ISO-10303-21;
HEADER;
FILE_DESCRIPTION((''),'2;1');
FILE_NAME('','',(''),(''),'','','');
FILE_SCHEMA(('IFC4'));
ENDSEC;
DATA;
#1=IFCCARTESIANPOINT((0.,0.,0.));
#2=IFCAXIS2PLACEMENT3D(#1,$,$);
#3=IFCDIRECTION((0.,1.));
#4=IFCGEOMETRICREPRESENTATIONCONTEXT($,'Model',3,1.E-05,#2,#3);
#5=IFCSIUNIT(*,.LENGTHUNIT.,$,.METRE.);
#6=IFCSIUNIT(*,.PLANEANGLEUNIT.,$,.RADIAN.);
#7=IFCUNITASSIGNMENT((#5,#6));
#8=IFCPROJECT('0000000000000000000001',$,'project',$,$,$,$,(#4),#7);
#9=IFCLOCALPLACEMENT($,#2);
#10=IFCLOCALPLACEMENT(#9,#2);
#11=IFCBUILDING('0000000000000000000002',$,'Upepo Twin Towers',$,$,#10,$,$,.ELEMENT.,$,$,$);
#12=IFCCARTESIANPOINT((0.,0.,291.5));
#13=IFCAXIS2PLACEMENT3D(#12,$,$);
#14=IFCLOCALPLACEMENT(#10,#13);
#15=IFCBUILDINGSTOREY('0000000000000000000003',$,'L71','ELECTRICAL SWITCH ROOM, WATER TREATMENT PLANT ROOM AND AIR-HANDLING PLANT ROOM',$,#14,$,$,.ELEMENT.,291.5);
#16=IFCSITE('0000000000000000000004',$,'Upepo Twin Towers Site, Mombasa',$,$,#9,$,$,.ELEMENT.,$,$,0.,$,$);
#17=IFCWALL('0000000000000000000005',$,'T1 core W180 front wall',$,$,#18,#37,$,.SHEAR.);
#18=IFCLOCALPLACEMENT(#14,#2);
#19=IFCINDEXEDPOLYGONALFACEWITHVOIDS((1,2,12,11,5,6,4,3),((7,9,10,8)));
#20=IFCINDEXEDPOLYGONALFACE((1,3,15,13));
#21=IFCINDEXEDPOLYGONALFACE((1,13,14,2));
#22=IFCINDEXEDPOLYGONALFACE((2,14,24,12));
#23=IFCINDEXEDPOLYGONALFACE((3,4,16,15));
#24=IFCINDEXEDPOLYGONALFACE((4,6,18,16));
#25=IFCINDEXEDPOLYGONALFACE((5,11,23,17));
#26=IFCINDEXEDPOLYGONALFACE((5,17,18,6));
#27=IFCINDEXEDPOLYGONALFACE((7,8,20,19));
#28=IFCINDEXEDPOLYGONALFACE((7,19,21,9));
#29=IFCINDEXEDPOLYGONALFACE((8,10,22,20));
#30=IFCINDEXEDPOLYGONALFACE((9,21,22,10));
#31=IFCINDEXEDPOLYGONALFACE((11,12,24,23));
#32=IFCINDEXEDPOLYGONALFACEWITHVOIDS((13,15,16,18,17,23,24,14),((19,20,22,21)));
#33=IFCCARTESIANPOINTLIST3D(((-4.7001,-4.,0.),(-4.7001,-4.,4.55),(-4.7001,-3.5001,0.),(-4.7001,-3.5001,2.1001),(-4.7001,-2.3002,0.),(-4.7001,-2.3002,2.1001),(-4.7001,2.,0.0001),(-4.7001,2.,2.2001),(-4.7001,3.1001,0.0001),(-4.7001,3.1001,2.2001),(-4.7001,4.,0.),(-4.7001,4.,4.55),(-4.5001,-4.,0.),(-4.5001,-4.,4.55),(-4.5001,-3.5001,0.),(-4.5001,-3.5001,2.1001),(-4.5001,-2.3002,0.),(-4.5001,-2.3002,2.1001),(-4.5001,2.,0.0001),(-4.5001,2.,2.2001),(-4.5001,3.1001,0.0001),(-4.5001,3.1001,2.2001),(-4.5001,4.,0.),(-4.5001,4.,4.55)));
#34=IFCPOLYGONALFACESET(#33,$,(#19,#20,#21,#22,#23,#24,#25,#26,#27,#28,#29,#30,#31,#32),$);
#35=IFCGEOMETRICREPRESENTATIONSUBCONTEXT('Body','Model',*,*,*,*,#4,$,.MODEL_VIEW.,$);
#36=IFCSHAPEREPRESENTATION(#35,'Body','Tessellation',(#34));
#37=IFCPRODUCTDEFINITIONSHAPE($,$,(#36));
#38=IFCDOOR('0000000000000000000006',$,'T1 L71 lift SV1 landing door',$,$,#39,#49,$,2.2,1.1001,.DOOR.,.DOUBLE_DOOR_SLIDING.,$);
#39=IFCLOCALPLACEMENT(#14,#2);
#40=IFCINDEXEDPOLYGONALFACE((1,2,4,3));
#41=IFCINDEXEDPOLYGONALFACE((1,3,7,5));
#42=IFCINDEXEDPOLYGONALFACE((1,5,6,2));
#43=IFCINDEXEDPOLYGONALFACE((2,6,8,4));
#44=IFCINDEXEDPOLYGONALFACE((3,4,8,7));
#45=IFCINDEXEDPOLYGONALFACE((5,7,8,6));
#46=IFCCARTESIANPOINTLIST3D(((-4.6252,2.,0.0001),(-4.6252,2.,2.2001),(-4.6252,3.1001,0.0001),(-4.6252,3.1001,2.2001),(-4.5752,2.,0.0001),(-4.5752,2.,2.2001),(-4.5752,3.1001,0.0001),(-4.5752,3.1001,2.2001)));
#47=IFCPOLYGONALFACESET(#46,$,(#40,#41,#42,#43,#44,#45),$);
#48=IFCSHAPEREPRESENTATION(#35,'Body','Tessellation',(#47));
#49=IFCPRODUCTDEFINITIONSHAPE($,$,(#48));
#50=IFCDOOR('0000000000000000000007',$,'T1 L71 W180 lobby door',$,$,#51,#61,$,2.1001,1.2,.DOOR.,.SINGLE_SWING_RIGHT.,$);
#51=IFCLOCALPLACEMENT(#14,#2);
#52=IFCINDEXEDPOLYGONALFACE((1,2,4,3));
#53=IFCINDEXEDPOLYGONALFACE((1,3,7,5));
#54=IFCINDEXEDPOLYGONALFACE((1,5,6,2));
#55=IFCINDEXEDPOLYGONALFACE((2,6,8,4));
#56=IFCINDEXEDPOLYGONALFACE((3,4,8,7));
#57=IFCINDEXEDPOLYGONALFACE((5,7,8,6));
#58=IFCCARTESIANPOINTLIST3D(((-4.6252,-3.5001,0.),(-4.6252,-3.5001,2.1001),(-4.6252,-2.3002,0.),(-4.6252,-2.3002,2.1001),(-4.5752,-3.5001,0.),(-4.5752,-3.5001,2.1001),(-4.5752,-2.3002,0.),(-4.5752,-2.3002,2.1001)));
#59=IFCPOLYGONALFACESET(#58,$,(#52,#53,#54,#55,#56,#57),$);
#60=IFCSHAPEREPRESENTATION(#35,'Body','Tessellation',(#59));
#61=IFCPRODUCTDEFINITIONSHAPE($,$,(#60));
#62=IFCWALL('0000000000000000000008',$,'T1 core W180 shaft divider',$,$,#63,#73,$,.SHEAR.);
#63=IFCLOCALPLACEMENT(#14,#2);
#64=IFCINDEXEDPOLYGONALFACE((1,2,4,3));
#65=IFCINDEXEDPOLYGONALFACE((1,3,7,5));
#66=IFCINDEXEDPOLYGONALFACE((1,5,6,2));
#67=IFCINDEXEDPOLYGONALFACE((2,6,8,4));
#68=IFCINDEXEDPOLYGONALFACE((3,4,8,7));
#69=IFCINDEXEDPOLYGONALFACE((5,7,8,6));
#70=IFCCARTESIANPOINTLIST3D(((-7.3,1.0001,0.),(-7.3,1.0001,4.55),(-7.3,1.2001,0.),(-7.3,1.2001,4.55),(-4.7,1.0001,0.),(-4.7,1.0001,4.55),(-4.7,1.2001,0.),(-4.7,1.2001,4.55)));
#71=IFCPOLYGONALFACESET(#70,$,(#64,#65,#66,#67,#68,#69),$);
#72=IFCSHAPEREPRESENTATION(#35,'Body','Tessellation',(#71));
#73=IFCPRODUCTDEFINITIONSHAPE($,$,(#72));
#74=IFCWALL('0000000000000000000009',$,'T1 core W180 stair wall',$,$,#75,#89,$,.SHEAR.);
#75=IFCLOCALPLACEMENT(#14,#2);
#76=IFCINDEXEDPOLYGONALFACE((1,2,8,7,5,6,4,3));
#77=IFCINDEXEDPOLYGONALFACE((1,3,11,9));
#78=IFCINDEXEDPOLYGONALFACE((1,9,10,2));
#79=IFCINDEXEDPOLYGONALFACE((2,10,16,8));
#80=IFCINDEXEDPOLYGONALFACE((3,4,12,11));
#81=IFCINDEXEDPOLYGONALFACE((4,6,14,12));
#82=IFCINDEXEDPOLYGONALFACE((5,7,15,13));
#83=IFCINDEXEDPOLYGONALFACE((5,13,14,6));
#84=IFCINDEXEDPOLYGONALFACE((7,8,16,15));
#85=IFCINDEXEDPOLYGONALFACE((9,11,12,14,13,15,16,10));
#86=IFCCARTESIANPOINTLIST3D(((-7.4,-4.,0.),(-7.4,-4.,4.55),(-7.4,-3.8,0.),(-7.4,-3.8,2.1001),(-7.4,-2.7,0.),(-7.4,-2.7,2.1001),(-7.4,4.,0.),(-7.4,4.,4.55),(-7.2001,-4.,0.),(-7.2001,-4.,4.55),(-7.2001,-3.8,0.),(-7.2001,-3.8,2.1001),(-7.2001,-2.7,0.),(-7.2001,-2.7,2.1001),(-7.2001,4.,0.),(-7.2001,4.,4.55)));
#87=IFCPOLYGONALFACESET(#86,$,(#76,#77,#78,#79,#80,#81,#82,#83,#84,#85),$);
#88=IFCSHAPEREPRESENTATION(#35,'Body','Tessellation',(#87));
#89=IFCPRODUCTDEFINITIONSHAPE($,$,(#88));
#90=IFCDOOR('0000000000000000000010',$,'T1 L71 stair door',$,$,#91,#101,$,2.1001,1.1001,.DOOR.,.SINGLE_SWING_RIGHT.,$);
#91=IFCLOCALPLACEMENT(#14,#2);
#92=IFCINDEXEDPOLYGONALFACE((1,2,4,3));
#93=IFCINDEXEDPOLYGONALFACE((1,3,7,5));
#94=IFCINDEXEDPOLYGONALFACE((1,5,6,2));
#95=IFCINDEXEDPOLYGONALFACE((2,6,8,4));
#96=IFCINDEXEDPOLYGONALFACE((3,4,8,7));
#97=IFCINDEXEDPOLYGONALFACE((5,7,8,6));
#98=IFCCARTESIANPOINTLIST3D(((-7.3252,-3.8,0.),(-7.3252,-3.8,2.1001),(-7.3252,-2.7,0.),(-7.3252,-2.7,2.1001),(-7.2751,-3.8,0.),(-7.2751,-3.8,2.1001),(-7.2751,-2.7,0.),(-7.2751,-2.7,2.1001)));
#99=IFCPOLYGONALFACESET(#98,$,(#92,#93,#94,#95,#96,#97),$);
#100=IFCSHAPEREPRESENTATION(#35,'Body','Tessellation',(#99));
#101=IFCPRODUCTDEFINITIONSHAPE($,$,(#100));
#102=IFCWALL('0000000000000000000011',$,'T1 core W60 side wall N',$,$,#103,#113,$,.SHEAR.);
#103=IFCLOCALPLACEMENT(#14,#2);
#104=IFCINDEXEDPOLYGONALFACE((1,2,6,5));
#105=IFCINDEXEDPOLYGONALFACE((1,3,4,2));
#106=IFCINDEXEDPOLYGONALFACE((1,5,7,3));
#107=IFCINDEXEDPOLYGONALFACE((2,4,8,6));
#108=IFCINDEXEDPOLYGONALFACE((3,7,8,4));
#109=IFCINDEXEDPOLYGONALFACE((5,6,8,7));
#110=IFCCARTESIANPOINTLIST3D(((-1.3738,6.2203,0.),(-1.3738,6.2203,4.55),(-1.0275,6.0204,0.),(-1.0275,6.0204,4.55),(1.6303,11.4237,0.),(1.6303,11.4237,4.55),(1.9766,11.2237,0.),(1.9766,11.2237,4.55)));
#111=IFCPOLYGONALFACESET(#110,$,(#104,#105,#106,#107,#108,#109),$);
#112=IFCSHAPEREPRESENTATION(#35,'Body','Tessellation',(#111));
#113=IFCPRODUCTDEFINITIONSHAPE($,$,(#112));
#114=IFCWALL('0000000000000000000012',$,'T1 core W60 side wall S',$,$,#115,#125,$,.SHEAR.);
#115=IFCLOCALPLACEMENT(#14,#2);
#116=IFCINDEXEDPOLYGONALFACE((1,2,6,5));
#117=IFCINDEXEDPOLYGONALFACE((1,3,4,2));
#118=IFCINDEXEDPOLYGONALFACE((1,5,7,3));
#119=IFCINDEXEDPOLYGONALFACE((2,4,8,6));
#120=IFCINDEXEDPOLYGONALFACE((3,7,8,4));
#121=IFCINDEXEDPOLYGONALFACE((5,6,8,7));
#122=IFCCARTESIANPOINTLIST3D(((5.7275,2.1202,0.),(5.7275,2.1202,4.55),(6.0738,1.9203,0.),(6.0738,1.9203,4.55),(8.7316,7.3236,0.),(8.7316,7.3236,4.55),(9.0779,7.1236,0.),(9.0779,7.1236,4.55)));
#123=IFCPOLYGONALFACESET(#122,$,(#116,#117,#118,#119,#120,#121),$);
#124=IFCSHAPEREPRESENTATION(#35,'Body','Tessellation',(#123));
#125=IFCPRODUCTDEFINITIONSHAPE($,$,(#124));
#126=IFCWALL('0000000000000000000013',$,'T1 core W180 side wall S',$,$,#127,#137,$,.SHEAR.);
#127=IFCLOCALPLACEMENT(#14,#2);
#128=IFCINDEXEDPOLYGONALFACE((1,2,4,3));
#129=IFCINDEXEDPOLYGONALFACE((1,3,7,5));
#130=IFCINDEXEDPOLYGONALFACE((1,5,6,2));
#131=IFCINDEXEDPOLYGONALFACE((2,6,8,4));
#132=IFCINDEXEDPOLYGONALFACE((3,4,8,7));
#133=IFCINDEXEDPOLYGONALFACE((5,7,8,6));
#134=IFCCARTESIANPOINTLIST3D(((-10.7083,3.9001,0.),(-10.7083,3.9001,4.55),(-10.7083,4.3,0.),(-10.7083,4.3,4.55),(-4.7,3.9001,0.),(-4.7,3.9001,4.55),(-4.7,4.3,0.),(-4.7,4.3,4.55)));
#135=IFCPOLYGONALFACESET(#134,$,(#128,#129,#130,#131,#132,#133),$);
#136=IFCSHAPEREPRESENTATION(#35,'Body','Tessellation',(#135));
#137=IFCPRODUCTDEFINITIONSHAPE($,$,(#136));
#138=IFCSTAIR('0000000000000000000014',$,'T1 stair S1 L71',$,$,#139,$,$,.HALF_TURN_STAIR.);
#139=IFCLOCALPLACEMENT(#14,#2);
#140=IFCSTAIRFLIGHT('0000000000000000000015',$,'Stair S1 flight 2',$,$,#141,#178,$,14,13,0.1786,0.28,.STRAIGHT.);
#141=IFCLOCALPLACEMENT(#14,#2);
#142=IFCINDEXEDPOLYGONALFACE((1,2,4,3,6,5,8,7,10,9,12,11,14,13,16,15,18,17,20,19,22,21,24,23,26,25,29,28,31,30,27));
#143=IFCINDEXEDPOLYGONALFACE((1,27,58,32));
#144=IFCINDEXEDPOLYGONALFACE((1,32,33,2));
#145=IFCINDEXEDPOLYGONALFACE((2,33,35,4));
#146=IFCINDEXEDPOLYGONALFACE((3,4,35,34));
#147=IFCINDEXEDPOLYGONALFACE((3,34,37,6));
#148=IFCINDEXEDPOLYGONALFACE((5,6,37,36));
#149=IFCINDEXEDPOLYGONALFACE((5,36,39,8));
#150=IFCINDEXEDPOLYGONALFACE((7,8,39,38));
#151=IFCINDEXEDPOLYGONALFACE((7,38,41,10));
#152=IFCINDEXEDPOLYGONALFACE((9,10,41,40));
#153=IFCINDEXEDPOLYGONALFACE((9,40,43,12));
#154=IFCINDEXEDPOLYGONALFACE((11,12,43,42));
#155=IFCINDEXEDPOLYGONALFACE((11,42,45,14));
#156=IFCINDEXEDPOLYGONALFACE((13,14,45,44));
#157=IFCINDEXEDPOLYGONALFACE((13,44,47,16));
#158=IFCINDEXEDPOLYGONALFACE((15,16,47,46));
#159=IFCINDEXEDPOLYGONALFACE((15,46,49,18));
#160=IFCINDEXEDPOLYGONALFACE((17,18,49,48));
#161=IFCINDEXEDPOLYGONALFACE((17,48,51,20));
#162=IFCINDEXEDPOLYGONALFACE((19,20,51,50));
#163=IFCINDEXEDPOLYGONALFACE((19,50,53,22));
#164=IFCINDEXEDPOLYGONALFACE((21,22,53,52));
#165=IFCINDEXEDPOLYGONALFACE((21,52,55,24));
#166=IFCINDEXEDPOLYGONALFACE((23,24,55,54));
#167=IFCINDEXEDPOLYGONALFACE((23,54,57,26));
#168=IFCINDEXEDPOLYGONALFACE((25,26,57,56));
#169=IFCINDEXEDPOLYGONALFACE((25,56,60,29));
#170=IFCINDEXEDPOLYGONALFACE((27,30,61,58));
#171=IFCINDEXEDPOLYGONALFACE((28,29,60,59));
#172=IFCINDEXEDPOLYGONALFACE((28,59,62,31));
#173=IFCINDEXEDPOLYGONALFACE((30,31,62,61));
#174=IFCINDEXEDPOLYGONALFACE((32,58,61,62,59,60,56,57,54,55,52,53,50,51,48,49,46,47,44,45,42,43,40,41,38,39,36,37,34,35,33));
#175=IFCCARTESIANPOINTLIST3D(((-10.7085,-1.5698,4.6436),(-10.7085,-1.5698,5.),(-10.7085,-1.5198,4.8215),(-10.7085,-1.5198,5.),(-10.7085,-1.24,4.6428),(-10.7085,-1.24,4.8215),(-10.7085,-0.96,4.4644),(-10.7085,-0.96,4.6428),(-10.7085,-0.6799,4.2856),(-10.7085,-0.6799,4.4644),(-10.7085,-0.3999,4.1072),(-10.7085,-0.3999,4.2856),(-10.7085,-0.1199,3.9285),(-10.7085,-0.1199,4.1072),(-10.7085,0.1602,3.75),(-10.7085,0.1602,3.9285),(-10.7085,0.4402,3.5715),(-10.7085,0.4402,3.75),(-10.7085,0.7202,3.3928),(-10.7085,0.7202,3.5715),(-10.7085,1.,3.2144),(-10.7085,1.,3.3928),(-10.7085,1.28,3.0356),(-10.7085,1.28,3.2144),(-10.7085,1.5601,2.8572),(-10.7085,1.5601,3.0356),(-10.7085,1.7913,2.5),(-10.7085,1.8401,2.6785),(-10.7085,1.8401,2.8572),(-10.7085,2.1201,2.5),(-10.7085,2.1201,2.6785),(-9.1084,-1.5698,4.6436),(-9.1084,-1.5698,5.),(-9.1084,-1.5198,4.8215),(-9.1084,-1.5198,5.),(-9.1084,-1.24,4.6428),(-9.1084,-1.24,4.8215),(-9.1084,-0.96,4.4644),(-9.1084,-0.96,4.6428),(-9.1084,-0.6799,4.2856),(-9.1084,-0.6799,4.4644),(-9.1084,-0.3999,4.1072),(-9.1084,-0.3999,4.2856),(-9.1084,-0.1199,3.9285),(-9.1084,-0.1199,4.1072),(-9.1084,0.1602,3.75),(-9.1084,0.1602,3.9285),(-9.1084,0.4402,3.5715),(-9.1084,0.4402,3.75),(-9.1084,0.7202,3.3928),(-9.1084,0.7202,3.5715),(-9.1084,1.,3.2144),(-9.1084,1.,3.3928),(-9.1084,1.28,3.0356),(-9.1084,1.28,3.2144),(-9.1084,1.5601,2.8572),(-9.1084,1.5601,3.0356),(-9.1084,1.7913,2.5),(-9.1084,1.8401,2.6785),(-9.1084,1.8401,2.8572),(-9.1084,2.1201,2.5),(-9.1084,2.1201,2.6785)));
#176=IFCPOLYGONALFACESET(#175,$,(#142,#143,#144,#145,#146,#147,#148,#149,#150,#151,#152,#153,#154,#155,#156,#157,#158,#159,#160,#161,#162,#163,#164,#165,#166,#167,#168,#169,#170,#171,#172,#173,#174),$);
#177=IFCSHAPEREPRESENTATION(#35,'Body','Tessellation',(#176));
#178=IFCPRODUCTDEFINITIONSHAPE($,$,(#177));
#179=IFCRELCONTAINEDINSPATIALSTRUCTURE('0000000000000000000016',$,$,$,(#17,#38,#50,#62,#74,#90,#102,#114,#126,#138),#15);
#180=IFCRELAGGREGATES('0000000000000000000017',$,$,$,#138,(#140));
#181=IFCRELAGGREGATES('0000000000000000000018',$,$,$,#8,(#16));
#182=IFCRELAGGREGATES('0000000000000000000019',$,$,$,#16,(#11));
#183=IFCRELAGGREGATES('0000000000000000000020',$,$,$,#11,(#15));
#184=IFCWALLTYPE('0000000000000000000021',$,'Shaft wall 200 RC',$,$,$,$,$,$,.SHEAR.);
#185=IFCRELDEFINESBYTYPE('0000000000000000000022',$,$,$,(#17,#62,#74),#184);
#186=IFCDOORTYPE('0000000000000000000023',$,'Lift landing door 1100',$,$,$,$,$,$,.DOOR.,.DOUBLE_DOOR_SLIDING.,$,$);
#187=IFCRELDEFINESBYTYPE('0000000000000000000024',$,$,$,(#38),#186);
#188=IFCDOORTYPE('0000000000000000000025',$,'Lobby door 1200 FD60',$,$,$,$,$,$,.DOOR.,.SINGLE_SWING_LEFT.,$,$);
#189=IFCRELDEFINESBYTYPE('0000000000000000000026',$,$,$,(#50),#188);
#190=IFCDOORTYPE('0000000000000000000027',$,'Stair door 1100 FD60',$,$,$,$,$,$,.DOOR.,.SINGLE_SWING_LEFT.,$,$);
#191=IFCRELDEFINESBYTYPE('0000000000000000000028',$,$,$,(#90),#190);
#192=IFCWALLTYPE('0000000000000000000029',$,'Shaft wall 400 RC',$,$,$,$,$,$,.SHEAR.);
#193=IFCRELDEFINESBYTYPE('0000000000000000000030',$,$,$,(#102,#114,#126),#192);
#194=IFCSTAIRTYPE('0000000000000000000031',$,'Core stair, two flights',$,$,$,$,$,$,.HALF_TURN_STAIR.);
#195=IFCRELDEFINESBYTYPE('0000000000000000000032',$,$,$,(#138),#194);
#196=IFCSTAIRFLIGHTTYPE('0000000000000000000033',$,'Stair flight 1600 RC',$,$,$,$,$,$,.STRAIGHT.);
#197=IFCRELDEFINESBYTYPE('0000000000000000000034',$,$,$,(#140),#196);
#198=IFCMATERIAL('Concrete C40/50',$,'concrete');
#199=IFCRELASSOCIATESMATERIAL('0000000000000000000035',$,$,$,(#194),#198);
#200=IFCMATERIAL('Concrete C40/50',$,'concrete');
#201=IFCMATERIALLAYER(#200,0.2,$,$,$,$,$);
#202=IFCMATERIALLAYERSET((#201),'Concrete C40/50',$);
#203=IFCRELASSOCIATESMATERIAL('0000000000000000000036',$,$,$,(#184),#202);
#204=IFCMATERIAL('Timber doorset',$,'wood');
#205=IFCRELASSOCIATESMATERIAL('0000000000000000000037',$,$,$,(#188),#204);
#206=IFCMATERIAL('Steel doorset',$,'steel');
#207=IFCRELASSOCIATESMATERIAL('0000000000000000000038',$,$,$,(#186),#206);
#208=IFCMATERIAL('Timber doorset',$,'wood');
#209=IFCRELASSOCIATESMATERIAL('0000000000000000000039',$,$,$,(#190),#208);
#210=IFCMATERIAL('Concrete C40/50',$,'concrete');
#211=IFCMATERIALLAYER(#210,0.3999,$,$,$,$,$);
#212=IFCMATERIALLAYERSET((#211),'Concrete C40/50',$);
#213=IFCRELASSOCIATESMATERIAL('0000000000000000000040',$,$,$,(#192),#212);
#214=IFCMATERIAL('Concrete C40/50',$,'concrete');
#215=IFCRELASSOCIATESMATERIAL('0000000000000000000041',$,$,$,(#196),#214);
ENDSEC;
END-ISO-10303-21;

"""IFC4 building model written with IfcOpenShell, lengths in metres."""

from ifc_helpers import new_model, si_unit, direction, frame, frame_2d, origin, place, context, subcontext, project, spatial, polyline, rectangle, outline, extrude, material, layer, layer_set, type_object, element, fill, aggregate, save


model = new_model("IFC4")

# Units and contexts
model_context = context("Model", 3, precision=1e-05, world=origin(), true_north=direction((0.0, 1.0)))
body_context = subcontext(model_context, "Body", "Model", "MODEL_VIEW")
ifc_project = project(units=[si_unit("LENGTHUNIT", "METRE"), si_unit("PLANEANGLEUNIT", "RADIAN")], contexts=[model_context])

# Site, building, storey
site_placement = place(None, origin())
site = spatial("IfcSite", under=ifc_project, at=site_placement, Name="Upepo Twin Towers Site, Mombasa", CompositionType="ELEMENT", RefElevation=0.0)
building_placement = place(site_placement, origin())
building = spatial("IfcBuilding", under=site, at=building_placement, Name="Upepo Twin Towers", CompositionType="ELEMENT")
storey_placement = place(building_placement, frame((0.0, 0.0, 291.5)))
storey = spatial("IfcBuildingStorey", under=building, at=storey_placement, Name="L71", Description="ELECTRICAL SWITCH ROOM, WATER TREATMENT PLANT ROOM AND AIR-HANDLING PLANT ROOM", CompositionType="ELEMENT", Elevation=291.5)

# Shared definitions
ifc_material_1 = material(Name="Concrete C40/50", Category="concrete")
stair_type = type_object("IfcStairType", Name="Core stair, two flights", PredefinedType="HALF_TURN_STAIR", material=ifc_material_1)

# Shared definitions
ifc_material_2 = material(Name="Concrete C40/50", Category="concrete")
ifc_layer_1 = layer(ifc_material_2, 0.2)
ifc_layer_set_1 = layer_set([ifc_layer_1], Name="Concrete C40/50")
wall_type_1 = type_object("IfcWallType", Name="Shaft wall 200 RC", PredefinedType="SHEAR", material=ifc_layer_set_1)
ifc_material_3 = material(Name="Timber doorset", Category="wood")
door_type_1 = type_object("IfcDoorType", Name="Lobby door 1200 FD60", OperationType="SINGLE_SWING_LEFT", PredefinedType="DOOR", material=ifc_material_3)

# Wall, openings, doors
wall_1_placement = place(storey_placement, frame((-4.6001, 4.0, 0.0), z_axis=(0.0, 0.0, 1.0), x_axis=(0.0, -1.0, 0.0)))
wall_1 = element("IfcWall", 1, at=wall_1_placement, inside=storey, type_object=wall_type_1, Name="T1 core W180 front wall", PredefinedType="SHEAR", context=body_context, shape_type="SweptSolid", body=[
    extrude(rectangle(XDim=8.0, YDim=0.2, at=frame_2d((4.0, 0.0))), origin(), (0.0, 0.0, 1.0), 4.55),
])
opening_1_placement = place(wall_1_placement, frame((6.3, 0.0, 0.0)))
opening_1 = element("IfcOpeningElement", 2, at=opening_1_placement, cuts=wall_1, PredefinedType="OPENING", context=body_context, shape_type="SweptSolid", body=[
    extrude(rectangle(XDim=1.2, YDim=2.1001, at=frame_2d((0.6001, 1.05))), frame((0.0, 0.1099, 0.0), z_axis=(0.0, -1.0, 0.0), x_axis=(1.0, 0.0, 0.0)), (0.0, 0.0, 1.0), 0.22),
])
opening_2_placement = place(wall_1_placement, frame((0.8999, 0.0, 0.0)))
opening_2 = element("IfcOpeningElement", 3, at=opening_2_placement, cuts=wall_1, PredefinedType="OPENING", context=body_context, shape_type="SweptSolid", body=[
    extrude(rectangle(XDim=1.1001, YDim=2.2, at=frame_2d((0.55, 1.1001))), frame((0.0, 0.1099, 0.0), z_axis=(0.0, -1.0, 0.0), x_axis=(1.0, 0.0, 0.0)), (0.0, 0.0, 1.0), 0.22),
])
ifc_material_4 = material(Name="Steel doorset", Category="steel")
door_type_2 = type_object("IfcDoorType", Name="Lift landing door 1100", OperationType="DOUBLE_DOOR_SLIDING", PredefinedType="DOOR", material=ifc_material_4)
door_1_placement = place(opening_2_placement, origin())
door_1 = element("IfcDoor", 4, at=door_1_placement, inside=storey, type_object=door_type_2, Name="T1 L71 lift SV1 landing door", OperationType="DOUBLE_DOOR_SLIDING", OverallHeight=2.2, OverallWidth=1.1001, PredefinedType="DOOR", context=body_context, shape_type="SweptSolid", body=[
    extrude(rectangle(XDim=1.1001, YDim=2.2, at=frame_2d((0.55, 1.1001))), frame((0.0, 0.0249, 0.0), z_axis=(0.0, -1.0, 0.0), x_axis=(1.0, 0.0, 0.0)), (0.0, 0.0, 1.0), 0.05),
])
fill(opening_2, door_1)
door_2_placement = place(opening_1_placement, origin())
door_2 = element("IfcDoor", 5, at=door_2_placement, inside=storey, type_object=door_type_1, Name="T1 L71 W180 lobby door", OperationType="SINGLE_SWING_RIGHT", OverallHeight=2.1001, OverallWidth=1.2, PredefinedType="DOOR", context=body_context, shape_type="SweptSolid", body=[
    extrude(rectangle(XDim=1.2, YDim=2.1001, at=frame_2d((0.6001, 1.05))), frame((0.0, 0.0249, 0.0), z_axis=(0.0, -1.0, 0.0), x_axis=(1.0, 0.0, 0.0)), (0.0, 0.0, 1.0), 0.05),
])
fill(opening_1, door_2)

# Wall
wall_2_placement = place(storey_placement, frame((-4.7, 1.1001, 0.0), z_axis=(0.0, 0.0, 1.0), x_axis=(-1.0, 0.0, 0.0)))
element("IfcWall", 6, at=wall_2_placement, inside=storey, type_object=wall_type_1, Name="T1 core W180 shaft divider", PredefinedType="SHEAR", context=body_context, shape_type="SweptSolid", body=[
    extrude(rectangle(XDim=2.6001, YDim=0.2, at=frame_2d((1.3, 0.0))), origin(), (0.0, 0.0, 1.0), 4.55),
])

# Wall, opening, door
wall_3_placement = place(storey_placement, frame((-7.3, 4.0, 0.0), z_axis=(0.0, 0.0, 1.0), x_axis=(0.0, -1.0, 0.0)))
wall_3 = element("IfcWall", 7, at=wall_3_placement, inside=storey, type_object=wall_type_1, Name="T1 core W180 stair wall", PredefinedType="SHEAR", context=body_context, shape_type="SweptSolid", body=[
    extrude(rectangle(XDim=8.0, YDim=0.2, at=frame_2d((4.0, 0.0))), origin(), (0.0, 0.0, 1.0), 4.55),
])
opening_3_placement = place(wall_3_placement, frame((6.7, 0.0, 0.0)))
opening_3 = element("IfcOpeningElement", 8, at=opening_3_placement, cuts=wall_3, PredefinedType="OPENING", context=body_context, shape_type="SweptSolid", body=[
    extrude(rectangle(XDim=1.1001, YDim=2.1001, at=frame_2d((0.55, 1.05))), frame((0.0, 0.1099, 0.0), z_axis=(0.0, -1.0, 0.0), x_axis=(1.0, 0.0, 0.0)), (0.0, 0.0, 1.0), 0.22),
])
ifc_material_5 = material(Name="Timber doorset", Category="wood")
door_type_3 = type_object("IfcDoorType", Name="Stair door 1100 FD60", OperationType="SINGLE_SWING_LEFT", PredefinedType="DOOR", material=ifc_material_5)
door_3_placement = place(opening_3_placement, origin())
door_3 = element("IfcDoor", 9, at=door_3_placement, inside=storey, type_object=door_type_3, Name="T1 L71 stair door", OperationType="SINGLE_SWING_RIGHT", OverallHeight=2.1001, OverallWidth=1.1001, PredefinedType="DOOR", context=body_context, shape_type="SweptSolid", body=[
    extrude(rectangle(XDim=1.1001, YDim=2.1001, at=frame_2d((0.55, 1.05))), frame((0.0, 0.0249, 0.0), z_axis=(0.0, -1.0, 0.0), x_axis=(1.0, 0.0, 0.0)), (0.0, 0.0, 1.0), 0.05),
])
fill(opening_3, door_3)

# Walls
ifc_material_6 = material(Name="Concrete C40/50", Category="concrete")
ifc_layer_2 = layer(ifc_material_6, 0.3999)
ifc_layer_set_2 = layer_set([ifc_layer_2], Name="Concrete C40/50")
wall_type_2 = type_object("IfcWallType", Name="Shaft wall 400 RC", PredefinedType="SHEAR", material=ifc_layer_set_2)
for number, where, z_axis, x_axis, name in (
    (10, (-1.2007, 6.1204, 0.0), (0.0, 0.0, 1.0), (0.499998, 0.866027, 0.0), "T1 core W60 side wall N"),
    (11, (5.9006, 2.0203, 0.0), (0.0, 0.0, 1.0), (0.499998, 0.866027, 0.0), "T1 core W60 side wall S"),
    (12, (-4.7, 4.1001, 0.0), (0.0, 0.0, 1.0), (-1.0, 0.0, 0.0), "T1 core W180 side wall S"),
):
    element("IfcWall", number, at=place(storey_placement, frame(where, z_axis=z_axis, x_axis=x_axis)), inside=storey, type_object=wall_type_2, Name=name, PredefinedType="SHEAR", context=body_context, shape_type="SweptSolid", body=[
        extrude(rectangle(XDim=6.0083, YDim=0.3999, at=frame_2d((3.0042, 0.0))), origin(), (0.0, 0.0, 1.0), 4.55),
    ])

# Stair, stair flight
stair_1_placement = place(storey_placement, origin())
stair_1 = element("IfcStair", 13, at=stair_1_placement, inside=storey, type_object=stair_type, Name="T1 stair S1 L71", PredefinedType="HALF_TURN_STAIR")
ifc_material_7 = material(Name="Concrete C40/50", Category="concrete")
stair_flight_type = type_object("IfcStairFlightType", Name="Stair flight 1600 RC", PredefinedType="STRAIGHT", material=ifc_material_7)
stair_flight_placement = place(storey_placement, frame((-9.9084, 2.1201, 2.5), z_axis=(0.0, 0.0, 1.0), x_axis=(0.0, -1.0, 0.0)))
stair_flight = element("IfcStairFlight", 14, at=stair_flight_placement, type_object=stair_flight_type, Name="Stair S1 flight 2", NumberOfRisers=14, NumberOfTreads=13, PredefinedType="STRAIGHT", RiserHeight=0.1786, TreadLength=0.28, context=body_context, shape_type="SweptSolid", body=[
    extrude(outline(polyline([(0.0, 0.0), (0.0, 0.1785), (0.28, 0.1785), (0.28, 0.3572), (0.5601, 0.3572), (0.5601, 0.5356), (0.8401, 0.5356), (0.8401, 0.7144), (1.1201, 0.7144), (1.1201, 0.8928), (1.3999, 0.8928), (1.3999, 1.0715), (1.6799, 1.0715), (1.6799, 1.25), (1.96, 1.25), (1.96, 1.4285), (2.24, 1.4285), (2.24, 1.6072), (2.52, 1.6072), (2.52, 1.7856), (2.8, 1.7856), (2.8, 1.9644), (3.0801, 1.9644), (3.0801, 2.1428), (3.3601, 2.1428), (3.3601, 2.3215), (3.6399, 2.3215), (3.6399, 2.5), (3.6899, 2.5), (3.6899, 2.1436), (0.3289, 0.0), (0.0, 0.0)])), frame((0.0, 0.8, 0.0), z_axis=(0.0, -1.0, 0.0), x_axis=(1.0, 0.0, 0.0)), (0.0, 0.0, 1.0), 1.6001),
])
aggregate(stair_1, [stair_flight])

save(model, "model.ifc")
